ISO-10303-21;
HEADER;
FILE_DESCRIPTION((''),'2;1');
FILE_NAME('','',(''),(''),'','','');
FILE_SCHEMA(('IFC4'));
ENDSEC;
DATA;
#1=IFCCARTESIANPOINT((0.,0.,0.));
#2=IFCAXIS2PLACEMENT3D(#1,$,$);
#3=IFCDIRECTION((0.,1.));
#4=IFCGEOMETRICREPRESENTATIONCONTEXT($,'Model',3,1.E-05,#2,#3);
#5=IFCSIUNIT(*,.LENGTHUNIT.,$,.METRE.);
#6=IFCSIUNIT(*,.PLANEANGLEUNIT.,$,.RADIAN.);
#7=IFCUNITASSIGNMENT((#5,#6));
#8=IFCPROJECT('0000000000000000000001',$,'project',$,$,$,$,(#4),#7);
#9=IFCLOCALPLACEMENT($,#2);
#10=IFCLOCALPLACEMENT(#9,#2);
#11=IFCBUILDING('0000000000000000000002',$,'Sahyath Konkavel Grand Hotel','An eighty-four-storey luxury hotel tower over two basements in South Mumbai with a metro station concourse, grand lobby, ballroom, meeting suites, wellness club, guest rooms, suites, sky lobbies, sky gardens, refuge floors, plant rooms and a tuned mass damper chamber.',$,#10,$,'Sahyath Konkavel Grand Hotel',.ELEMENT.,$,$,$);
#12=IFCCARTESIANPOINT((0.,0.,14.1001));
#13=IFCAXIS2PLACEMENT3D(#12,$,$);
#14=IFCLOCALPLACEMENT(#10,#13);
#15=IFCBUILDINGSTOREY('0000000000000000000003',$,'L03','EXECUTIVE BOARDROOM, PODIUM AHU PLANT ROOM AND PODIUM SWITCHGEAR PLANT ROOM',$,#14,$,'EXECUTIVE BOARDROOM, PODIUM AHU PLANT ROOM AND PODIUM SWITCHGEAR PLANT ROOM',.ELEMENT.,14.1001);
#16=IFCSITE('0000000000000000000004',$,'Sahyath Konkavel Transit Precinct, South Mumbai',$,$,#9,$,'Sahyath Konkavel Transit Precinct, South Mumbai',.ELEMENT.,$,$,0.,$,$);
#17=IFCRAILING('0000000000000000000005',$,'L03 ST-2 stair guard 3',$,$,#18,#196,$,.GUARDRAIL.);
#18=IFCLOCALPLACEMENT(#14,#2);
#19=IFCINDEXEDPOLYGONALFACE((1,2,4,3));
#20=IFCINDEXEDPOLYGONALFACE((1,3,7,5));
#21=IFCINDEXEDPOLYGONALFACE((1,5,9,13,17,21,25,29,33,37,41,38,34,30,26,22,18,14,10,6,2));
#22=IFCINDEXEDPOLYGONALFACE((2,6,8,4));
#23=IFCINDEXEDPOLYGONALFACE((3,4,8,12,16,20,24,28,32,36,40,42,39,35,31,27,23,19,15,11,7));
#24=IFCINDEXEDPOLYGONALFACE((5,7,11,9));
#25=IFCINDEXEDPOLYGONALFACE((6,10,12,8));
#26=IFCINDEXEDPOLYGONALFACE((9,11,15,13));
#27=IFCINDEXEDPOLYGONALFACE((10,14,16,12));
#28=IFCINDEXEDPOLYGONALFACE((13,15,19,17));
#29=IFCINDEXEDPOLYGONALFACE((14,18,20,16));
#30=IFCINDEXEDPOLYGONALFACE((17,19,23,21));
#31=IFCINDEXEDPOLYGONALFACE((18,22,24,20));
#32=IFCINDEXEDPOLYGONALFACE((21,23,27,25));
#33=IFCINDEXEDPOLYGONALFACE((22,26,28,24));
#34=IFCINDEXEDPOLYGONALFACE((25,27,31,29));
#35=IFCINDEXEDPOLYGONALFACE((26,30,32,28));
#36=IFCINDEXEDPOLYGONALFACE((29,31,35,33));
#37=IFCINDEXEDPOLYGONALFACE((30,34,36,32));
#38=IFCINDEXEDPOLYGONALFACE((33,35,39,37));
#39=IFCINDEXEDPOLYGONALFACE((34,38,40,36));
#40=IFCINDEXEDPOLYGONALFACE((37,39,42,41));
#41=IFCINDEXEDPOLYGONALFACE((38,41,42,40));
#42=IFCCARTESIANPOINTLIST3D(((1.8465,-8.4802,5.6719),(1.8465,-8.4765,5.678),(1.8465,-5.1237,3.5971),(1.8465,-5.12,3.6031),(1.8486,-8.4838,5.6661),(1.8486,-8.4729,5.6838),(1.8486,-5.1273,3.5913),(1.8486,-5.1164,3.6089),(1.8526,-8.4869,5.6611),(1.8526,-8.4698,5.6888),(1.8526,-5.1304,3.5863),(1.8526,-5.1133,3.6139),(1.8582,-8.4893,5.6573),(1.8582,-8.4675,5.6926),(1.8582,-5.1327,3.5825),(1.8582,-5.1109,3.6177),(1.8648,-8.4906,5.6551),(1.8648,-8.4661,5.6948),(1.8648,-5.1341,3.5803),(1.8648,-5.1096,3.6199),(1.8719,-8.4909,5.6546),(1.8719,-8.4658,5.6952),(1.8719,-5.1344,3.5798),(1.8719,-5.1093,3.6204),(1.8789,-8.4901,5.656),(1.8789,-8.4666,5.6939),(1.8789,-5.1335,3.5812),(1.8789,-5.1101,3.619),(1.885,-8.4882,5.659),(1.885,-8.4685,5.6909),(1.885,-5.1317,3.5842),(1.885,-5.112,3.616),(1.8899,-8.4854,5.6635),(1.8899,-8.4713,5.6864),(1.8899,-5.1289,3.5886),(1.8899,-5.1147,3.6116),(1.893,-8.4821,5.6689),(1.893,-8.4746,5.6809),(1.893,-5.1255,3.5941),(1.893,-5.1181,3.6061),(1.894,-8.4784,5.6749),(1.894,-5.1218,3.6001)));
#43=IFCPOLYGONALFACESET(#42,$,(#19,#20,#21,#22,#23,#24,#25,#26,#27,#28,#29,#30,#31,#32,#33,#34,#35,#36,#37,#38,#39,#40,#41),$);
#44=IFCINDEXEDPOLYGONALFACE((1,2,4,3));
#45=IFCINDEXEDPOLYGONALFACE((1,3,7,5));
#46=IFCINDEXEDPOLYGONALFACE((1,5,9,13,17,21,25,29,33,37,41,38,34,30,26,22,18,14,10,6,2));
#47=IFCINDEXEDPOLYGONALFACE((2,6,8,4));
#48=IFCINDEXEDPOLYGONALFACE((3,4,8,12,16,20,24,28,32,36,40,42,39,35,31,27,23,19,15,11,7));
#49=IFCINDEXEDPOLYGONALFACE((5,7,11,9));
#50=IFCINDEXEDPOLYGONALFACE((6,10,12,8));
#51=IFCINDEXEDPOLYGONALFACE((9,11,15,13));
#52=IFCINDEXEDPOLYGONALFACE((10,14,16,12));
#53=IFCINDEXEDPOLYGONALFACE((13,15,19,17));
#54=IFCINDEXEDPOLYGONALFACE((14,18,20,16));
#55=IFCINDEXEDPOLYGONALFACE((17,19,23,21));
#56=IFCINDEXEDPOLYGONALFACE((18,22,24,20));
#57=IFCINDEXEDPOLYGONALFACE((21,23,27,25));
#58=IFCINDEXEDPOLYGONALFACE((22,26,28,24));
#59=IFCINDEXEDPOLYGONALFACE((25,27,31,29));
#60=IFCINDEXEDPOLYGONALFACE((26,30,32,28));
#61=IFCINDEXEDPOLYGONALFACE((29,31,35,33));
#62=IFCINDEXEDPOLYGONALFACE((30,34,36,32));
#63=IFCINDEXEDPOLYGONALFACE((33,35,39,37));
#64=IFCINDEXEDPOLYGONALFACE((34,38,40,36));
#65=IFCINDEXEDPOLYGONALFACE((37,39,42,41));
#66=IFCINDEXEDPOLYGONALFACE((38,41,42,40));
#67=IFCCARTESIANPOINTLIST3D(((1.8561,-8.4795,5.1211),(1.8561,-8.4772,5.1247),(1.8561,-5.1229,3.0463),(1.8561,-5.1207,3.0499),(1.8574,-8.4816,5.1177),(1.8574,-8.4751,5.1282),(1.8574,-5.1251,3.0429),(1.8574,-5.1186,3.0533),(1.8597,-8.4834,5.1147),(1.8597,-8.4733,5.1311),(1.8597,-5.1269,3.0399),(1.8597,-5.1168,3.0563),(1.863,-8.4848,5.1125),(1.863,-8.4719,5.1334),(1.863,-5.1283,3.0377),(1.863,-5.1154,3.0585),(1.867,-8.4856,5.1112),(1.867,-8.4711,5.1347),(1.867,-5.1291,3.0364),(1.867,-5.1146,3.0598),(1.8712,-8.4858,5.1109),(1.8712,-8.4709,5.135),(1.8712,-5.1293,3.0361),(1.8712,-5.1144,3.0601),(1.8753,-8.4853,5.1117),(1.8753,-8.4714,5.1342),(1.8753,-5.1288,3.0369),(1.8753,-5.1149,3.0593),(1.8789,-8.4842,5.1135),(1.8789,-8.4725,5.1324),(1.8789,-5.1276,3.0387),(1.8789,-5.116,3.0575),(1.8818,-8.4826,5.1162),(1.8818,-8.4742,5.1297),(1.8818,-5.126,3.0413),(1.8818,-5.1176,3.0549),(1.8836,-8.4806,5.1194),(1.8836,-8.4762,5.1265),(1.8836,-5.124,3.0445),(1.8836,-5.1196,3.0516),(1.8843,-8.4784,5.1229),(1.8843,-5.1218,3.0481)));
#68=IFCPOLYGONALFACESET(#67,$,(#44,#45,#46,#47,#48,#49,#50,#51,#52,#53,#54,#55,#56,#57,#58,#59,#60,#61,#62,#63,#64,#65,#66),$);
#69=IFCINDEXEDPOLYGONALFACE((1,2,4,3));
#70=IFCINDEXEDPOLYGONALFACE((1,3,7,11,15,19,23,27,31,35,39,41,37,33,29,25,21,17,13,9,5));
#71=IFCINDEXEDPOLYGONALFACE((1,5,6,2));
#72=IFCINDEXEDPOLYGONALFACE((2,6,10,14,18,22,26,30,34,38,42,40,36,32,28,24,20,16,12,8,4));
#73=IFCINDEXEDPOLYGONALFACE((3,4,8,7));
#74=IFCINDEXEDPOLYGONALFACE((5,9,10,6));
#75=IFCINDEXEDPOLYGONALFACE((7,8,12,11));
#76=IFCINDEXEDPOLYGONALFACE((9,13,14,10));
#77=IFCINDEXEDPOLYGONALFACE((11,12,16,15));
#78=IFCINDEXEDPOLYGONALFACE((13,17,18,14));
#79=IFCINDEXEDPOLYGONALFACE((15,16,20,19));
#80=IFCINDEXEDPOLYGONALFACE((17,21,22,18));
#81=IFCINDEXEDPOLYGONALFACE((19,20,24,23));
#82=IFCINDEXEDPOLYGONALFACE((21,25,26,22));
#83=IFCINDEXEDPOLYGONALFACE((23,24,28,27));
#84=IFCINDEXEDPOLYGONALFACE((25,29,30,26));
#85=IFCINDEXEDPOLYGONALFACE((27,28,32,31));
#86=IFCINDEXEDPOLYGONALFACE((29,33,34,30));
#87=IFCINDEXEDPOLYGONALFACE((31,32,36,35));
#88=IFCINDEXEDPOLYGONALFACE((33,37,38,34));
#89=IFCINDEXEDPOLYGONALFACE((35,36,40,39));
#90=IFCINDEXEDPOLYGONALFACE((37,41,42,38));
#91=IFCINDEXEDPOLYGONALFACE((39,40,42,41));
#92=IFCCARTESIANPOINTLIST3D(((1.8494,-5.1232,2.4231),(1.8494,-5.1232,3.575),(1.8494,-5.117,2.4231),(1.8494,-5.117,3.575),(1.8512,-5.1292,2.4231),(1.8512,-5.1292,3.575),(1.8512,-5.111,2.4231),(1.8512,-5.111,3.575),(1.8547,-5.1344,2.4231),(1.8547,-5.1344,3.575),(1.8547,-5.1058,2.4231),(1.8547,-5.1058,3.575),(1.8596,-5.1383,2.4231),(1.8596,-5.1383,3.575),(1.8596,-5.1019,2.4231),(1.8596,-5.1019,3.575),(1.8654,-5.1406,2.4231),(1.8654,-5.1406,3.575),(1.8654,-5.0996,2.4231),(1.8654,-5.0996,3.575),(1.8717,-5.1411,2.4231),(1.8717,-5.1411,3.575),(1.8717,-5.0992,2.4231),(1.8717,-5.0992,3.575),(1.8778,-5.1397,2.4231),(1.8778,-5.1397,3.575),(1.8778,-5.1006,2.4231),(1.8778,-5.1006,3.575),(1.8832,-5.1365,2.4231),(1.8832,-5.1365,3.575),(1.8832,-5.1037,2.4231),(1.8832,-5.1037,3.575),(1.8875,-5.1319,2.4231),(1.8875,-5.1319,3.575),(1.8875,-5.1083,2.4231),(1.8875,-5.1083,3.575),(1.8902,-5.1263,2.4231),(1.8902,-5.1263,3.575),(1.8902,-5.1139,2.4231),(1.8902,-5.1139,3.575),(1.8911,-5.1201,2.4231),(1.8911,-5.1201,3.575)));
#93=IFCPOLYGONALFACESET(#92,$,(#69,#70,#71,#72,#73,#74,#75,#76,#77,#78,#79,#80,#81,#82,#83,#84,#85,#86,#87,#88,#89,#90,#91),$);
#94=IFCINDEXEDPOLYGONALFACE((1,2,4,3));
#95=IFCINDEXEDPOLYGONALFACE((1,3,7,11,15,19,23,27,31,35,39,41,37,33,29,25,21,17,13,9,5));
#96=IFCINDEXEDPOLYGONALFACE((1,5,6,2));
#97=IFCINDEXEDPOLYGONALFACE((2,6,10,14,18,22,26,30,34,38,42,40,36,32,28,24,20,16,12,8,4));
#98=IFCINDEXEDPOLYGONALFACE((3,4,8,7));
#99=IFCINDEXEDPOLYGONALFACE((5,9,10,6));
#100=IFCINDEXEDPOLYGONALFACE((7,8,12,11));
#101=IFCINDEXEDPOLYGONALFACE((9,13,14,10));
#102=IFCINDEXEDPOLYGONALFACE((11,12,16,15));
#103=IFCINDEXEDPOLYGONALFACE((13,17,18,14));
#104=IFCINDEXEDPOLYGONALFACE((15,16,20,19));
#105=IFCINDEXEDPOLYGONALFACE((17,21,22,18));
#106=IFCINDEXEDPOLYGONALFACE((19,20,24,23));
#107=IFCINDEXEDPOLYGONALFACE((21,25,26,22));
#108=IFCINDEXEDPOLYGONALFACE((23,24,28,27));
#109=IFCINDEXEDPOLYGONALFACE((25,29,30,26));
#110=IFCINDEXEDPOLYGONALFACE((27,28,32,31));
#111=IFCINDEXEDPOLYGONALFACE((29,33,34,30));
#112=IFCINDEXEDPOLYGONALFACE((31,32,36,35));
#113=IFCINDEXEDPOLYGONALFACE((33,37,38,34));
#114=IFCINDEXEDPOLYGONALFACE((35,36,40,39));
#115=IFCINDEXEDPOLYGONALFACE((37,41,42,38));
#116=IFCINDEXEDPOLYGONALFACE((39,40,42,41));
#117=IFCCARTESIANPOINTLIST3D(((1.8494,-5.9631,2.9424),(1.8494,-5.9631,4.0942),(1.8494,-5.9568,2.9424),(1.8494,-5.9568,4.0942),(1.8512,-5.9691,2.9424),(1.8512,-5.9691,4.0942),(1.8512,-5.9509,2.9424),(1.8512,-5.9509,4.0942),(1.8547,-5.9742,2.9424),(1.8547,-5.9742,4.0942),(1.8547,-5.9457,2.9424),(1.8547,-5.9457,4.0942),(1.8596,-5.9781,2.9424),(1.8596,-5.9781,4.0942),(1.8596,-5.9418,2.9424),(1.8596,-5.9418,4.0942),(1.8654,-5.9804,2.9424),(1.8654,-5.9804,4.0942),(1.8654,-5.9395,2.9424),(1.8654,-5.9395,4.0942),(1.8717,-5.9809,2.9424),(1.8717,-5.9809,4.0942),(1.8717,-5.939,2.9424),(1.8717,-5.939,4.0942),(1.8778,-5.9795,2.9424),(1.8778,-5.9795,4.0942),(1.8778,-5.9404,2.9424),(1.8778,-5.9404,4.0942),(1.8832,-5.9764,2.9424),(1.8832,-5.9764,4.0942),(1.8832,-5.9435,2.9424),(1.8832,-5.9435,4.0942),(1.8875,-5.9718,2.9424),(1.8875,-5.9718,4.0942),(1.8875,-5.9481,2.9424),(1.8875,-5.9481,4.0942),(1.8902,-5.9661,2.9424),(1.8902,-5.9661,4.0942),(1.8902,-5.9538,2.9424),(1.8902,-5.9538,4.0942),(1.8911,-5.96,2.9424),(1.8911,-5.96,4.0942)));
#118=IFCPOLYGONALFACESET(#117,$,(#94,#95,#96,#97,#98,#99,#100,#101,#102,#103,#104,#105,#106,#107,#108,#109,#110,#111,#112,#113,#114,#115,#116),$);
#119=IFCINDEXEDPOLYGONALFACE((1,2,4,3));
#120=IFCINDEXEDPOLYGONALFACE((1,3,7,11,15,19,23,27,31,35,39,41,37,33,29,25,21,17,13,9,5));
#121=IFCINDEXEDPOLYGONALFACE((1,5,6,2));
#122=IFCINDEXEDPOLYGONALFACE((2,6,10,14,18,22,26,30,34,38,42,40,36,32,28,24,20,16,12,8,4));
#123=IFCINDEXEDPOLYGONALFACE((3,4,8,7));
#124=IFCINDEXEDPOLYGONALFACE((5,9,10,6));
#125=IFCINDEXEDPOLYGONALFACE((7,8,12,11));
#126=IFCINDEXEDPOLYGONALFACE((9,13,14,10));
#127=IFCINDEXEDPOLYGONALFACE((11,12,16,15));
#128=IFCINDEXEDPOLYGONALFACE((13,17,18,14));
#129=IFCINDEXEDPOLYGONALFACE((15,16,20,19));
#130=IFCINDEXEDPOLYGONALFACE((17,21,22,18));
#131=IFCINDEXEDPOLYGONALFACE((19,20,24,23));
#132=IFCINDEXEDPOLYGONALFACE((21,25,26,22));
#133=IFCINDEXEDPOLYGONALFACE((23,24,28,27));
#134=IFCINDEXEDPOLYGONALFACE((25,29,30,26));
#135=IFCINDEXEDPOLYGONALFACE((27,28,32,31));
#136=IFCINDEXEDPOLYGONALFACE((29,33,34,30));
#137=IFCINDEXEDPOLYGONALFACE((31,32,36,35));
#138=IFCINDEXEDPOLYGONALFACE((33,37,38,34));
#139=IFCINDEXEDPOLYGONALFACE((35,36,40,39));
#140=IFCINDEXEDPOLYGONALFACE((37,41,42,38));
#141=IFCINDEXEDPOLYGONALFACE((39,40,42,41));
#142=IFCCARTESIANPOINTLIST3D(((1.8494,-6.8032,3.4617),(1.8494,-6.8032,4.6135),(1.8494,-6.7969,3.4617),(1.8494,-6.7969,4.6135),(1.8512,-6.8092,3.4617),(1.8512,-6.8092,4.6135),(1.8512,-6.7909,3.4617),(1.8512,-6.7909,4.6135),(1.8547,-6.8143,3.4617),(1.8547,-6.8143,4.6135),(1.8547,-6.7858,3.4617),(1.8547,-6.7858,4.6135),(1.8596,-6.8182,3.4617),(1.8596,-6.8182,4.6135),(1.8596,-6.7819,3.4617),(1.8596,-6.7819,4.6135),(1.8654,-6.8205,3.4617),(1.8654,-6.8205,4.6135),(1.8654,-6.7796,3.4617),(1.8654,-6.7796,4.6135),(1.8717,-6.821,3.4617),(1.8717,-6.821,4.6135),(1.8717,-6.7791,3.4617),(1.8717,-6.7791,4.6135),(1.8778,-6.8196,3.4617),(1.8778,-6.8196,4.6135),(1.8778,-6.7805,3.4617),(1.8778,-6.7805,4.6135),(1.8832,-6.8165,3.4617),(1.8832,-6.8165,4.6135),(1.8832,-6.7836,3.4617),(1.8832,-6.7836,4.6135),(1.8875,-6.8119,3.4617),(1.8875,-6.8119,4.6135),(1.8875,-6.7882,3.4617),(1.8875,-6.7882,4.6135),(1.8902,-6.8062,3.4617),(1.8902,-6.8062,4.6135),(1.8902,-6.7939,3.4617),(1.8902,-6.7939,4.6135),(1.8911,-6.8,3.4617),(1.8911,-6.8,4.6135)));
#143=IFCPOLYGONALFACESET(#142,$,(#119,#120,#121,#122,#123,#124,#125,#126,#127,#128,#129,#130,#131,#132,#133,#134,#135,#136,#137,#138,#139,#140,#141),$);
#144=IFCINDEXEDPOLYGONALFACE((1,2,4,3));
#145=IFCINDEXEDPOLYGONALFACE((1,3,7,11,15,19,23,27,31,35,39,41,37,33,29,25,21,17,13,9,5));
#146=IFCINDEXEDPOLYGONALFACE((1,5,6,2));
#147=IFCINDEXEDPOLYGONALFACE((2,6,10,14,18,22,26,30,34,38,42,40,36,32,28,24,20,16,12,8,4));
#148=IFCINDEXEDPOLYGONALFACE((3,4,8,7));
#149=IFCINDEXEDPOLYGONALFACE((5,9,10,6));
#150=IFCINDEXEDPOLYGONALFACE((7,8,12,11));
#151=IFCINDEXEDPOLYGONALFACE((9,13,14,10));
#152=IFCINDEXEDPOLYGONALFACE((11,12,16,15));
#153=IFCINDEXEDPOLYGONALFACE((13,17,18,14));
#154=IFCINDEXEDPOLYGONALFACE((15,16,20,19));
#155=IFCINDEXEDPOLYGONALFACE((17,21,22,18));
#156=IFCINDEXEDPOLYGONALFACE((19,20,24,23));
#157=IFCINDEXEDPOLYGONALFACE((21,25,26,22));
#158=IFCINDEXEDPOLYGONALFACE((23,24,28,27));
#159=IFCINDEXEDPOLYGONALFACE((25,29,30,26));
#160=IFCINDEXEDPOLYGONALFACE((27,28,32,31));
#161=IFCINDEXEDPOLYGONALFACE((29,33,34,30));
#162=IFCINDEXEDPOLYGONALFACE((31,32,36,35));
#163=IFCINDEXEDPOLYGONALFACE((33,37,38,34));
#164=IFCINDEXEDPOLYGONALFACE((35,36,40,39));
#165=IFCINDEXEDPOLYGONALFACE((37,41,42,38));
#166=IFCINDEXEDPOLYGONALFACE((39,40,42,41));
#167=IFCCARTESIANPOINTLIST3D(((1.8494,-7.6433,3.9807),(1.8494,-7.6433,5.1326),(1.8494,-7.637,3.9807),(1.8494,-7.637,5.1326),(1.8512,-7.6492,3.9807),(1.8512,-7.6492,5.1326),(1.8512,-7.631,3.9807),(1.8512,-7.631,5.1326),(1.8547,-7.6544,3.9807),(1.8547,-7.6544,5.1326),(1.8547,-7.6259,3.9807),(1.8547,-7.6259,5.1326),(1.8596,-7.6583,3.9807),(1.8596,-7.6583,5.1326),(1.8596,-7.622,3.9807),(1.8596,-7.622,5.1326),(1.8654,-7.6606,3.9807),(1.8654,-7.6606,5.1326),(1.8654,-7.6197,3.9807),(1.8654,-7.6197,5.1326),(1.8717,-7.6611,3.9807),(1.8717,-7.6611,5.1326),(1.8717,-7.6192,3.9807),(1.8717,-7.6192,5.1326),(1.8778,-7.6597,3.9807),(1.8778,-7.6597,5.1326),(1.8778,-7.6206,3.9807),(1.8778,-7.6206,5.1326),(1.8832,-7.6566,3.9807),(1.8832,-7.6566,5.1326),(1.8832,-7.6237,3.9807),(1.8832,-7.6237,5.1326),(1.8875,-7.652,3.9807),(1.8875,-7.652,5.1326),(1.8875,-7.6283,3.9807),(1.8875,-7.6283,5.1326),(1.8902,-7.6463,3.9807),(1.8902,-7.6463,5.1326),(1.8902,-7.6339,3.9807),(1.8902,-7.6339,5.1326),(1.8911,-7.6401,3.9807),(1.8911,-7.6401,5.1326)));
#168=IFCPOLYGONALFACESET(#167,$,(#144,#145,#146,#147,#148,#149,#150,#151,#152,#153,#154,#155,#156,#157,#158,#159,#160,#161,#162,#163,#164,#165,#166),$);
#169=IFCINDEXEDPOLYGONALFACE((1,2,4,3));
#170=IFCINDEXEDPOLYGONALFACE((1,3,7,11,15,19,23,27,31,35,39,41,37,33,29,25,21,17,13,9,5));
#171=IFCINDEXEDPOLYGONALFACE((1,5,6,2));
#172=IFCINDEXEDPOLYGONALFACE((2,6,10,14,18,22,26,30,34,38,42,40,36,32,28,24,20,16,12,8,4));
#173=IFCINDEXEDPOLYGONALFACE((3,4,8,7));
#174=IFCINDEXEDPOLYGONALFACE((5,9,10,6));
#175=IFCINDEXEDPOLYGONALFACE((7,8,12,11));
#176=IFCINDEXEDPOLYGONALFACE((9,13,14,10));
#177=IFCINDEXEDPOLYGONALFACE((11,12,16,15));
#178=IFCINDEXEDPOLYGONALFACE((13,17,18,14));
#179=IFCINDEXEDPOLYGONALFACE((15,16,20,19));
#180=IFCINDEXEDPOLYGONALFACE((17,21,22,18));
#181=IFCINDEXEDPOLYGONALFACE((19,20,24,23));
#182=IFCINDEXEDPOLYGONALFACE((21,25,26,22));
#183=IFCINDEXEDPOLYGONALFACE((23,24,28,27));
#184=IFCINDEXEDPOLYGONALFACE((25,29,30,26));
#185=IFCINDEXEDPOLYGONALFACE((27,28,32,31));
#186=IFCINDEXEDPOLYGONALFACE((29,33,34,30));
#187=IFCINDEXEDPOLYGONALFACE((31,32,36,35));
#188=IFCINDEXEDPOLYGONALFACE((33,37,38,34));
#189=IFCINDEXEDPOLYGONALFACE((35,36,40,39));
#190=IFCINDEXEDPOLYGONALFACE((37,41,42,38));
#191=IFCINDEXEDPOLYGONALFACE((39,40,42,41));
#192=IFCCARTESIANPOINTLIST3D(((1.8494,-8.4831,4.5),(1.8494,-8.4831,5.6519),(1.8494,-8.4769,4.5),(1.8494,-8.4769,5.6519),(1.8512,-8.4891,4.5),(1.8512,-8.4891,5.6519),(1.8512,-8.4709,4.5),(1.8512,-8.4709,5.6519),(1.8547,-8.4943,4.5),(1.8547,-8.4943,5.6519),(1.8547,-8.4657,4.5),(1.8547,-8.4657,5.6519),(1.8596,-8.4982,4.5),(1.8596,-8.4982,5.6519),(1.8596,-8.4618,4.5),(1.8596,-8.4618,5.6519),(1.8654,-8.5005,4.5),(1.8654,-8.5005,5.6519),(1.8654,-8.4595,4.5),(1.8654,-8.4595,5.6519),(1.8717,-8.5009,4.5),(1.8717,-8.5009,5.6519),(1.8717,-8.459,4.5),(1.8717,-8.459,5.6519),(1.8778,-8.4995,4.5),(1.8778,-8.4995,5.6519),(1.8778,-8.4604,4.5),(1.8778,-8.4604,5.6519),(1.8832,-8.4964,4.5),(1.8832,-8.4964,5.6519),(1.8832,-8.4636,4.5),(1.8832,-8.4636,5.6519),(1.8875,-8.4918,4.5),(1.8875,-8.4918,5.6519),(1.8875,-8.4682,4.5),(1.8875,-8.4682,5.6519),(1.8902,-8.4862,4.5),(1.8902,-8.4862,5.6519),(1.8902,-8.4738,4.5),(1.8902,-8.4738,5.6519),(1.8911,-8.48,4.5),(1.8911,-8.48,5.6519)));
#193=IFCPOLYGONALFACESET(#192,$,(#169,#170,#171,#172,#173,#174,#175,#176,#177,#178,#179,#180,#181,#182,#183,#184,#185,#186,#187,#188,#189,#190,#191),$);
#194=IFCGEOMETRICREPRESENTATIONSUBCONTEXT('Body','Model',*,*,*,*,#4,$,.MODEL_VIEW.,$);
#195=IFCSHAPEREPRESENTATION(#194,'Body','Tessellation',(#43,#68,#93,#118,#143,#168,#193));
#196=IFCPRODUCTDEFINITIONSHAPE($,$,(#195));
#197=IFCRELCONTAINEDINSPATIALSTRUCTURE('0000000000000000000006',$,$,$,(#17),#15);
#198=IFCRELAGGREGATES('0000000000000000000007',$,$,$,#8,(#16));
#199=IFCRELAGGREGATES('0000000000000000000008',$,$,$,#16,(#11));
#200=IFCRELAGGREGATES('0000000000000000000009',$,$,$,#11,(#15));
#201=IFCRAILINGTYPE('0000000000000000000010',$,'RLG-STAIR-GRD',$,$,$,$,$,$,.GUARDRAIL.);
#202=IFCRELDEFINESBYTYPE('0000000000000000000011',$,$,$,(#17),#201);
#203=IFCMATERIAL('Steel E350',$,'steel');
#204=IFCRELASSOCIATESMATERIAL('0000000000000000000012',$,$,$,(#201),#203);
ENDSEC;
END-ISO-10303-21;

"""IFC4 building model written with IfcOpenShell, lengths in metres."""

from ifc_helpers import new_model, si_unit, direction, frame, origin, origin_2d, place, context, subcontext, project, spatial, circle, extrude, material, type_object, element, save


model = new_model("IFC4")

# Units and contexts
model_context = context("Model", 3, precision=1e-05, world=origin(), true_north=direction((0.0, 1.0)))
body_context = subcontext(model_context, "Body", "Model", "MODEL_VIEW")
ifc_project = project(units=[si_unit("LENGTHUNIT", "METRE"), si_unit("PLANEANGLEUNIT", "RADIAN")], contexts=[model_context])

# Site, building, storey
site_placement = place(None, origin())
site = spatial("IfcSite", under=ifc_project, at=site_placement, Name="Sahyath Konkavel Transit Precinct, South Mumbai", LongName="Sahyath Konkavel Transit Precinct, South Mumbai", CompositionType="ELEMENT", RefElevation=0.0)
building_placement = place(site_placement, origin())
building = spatial("IfcBuilding", under=site, at=building_placement, Name="Sahyath Konkavel Grand Hotel", Description="An eighty-four-storey luxury hotel tower over two basements in South Mumbai with a metro station concourse, grand lobby, ballroom, meeting suites, wellness club, guest rooms, suites, sky lobbies, sky gardens, refuge floors, plant rooms and a tuned mass damper chamber.", LongName="Sahyath Konkavel Grand Hotel", CompositionType="ELEMENT")
storey_placement = place(building_placement, frame((0.0, 0.0, 14.1001)))
storey = spatial("IfcBuildingStorey", under=building, at=storey_placement, Name="L03", Description="EXECUTIVE BOARDROOM, PODIUM AHU PLANT ROOM AND PODIUM SWITCHGEAR PLANT ROOM", LongName="EXECUTIVE BOARDROOM, PODIUM AHU PLANT ROOM AND PODIUM SWITCHGEAR PLANT ROOM", CompositionType="ELEMENT", Elevation=14.1001)

# Shared definitions
ifc_material_1 = material(Name="Steel E350", Category="steel")

# Railing
railing_type_1 = type_object("IfcRailingType", Name="RLG-STAIR-GRD", PredefinedType="GUARDRAIL", material=ifc_material_1)
railing_1_placement = place(storey_placement, frame((1.8701, -5.1201, 2.4231)))
element("IfcRailing", 1, at=railing_1_placement, inside=storey, type_object=railing_type_1, Name="L03 ST-2 stair guard 3", PredefinedType="GUARDRAIL", context=body_context, shape_type="SweptSolid", body=[
    extrude(circle(Radius=0.0239, at=origin_2d()), frame((0.0, -0.0017, 1.177), z_axis=(0.0, -0.850606, 0.525803), x_axis=(1.0, 0.0, 0.0)), (0.0, 0.0, 1.0), 3.946),
    extrude(circle(Radius=0.0142, at=origin_2d()), frame((0.0, -0.0017, 0.625), z_axis=(0.0, -0.850606, 0.525803), x_axis=(1.0, 0.0, 0.0)), (0.0, 0.0, 1.0), 3.946),
    extrude(circle(Radius=0.021, at=origin_2d()), origin(), (0.0, 0.0, 1.0), 1.1519),
    extrude(circle(Radius=0.021, at=origin_2d()), frame((0.0, -0.8398, 0.5193)), (0.0, 0.0, 1.0), 1.1519),
    extrude(circle(Radius=0.021, at=origin_2d()), frame((0.0, -1.6799, 1.0386)), (0.0, 0.0, 1.0), 1.1519),
    extrude(circle(Radius=0.021, at=origin_2d()), frame((0.0, -2.52, 1.5576)), (0.0, 0.0, 1.0), 1.1519),
    extrude(circle(Radius=0.021, at=origin_2d()), frame((0.0, -3.3599, 2.0769)), (0.0, 0.0, 1.0), 1.1519),
])

save(model, "model.ifc")
